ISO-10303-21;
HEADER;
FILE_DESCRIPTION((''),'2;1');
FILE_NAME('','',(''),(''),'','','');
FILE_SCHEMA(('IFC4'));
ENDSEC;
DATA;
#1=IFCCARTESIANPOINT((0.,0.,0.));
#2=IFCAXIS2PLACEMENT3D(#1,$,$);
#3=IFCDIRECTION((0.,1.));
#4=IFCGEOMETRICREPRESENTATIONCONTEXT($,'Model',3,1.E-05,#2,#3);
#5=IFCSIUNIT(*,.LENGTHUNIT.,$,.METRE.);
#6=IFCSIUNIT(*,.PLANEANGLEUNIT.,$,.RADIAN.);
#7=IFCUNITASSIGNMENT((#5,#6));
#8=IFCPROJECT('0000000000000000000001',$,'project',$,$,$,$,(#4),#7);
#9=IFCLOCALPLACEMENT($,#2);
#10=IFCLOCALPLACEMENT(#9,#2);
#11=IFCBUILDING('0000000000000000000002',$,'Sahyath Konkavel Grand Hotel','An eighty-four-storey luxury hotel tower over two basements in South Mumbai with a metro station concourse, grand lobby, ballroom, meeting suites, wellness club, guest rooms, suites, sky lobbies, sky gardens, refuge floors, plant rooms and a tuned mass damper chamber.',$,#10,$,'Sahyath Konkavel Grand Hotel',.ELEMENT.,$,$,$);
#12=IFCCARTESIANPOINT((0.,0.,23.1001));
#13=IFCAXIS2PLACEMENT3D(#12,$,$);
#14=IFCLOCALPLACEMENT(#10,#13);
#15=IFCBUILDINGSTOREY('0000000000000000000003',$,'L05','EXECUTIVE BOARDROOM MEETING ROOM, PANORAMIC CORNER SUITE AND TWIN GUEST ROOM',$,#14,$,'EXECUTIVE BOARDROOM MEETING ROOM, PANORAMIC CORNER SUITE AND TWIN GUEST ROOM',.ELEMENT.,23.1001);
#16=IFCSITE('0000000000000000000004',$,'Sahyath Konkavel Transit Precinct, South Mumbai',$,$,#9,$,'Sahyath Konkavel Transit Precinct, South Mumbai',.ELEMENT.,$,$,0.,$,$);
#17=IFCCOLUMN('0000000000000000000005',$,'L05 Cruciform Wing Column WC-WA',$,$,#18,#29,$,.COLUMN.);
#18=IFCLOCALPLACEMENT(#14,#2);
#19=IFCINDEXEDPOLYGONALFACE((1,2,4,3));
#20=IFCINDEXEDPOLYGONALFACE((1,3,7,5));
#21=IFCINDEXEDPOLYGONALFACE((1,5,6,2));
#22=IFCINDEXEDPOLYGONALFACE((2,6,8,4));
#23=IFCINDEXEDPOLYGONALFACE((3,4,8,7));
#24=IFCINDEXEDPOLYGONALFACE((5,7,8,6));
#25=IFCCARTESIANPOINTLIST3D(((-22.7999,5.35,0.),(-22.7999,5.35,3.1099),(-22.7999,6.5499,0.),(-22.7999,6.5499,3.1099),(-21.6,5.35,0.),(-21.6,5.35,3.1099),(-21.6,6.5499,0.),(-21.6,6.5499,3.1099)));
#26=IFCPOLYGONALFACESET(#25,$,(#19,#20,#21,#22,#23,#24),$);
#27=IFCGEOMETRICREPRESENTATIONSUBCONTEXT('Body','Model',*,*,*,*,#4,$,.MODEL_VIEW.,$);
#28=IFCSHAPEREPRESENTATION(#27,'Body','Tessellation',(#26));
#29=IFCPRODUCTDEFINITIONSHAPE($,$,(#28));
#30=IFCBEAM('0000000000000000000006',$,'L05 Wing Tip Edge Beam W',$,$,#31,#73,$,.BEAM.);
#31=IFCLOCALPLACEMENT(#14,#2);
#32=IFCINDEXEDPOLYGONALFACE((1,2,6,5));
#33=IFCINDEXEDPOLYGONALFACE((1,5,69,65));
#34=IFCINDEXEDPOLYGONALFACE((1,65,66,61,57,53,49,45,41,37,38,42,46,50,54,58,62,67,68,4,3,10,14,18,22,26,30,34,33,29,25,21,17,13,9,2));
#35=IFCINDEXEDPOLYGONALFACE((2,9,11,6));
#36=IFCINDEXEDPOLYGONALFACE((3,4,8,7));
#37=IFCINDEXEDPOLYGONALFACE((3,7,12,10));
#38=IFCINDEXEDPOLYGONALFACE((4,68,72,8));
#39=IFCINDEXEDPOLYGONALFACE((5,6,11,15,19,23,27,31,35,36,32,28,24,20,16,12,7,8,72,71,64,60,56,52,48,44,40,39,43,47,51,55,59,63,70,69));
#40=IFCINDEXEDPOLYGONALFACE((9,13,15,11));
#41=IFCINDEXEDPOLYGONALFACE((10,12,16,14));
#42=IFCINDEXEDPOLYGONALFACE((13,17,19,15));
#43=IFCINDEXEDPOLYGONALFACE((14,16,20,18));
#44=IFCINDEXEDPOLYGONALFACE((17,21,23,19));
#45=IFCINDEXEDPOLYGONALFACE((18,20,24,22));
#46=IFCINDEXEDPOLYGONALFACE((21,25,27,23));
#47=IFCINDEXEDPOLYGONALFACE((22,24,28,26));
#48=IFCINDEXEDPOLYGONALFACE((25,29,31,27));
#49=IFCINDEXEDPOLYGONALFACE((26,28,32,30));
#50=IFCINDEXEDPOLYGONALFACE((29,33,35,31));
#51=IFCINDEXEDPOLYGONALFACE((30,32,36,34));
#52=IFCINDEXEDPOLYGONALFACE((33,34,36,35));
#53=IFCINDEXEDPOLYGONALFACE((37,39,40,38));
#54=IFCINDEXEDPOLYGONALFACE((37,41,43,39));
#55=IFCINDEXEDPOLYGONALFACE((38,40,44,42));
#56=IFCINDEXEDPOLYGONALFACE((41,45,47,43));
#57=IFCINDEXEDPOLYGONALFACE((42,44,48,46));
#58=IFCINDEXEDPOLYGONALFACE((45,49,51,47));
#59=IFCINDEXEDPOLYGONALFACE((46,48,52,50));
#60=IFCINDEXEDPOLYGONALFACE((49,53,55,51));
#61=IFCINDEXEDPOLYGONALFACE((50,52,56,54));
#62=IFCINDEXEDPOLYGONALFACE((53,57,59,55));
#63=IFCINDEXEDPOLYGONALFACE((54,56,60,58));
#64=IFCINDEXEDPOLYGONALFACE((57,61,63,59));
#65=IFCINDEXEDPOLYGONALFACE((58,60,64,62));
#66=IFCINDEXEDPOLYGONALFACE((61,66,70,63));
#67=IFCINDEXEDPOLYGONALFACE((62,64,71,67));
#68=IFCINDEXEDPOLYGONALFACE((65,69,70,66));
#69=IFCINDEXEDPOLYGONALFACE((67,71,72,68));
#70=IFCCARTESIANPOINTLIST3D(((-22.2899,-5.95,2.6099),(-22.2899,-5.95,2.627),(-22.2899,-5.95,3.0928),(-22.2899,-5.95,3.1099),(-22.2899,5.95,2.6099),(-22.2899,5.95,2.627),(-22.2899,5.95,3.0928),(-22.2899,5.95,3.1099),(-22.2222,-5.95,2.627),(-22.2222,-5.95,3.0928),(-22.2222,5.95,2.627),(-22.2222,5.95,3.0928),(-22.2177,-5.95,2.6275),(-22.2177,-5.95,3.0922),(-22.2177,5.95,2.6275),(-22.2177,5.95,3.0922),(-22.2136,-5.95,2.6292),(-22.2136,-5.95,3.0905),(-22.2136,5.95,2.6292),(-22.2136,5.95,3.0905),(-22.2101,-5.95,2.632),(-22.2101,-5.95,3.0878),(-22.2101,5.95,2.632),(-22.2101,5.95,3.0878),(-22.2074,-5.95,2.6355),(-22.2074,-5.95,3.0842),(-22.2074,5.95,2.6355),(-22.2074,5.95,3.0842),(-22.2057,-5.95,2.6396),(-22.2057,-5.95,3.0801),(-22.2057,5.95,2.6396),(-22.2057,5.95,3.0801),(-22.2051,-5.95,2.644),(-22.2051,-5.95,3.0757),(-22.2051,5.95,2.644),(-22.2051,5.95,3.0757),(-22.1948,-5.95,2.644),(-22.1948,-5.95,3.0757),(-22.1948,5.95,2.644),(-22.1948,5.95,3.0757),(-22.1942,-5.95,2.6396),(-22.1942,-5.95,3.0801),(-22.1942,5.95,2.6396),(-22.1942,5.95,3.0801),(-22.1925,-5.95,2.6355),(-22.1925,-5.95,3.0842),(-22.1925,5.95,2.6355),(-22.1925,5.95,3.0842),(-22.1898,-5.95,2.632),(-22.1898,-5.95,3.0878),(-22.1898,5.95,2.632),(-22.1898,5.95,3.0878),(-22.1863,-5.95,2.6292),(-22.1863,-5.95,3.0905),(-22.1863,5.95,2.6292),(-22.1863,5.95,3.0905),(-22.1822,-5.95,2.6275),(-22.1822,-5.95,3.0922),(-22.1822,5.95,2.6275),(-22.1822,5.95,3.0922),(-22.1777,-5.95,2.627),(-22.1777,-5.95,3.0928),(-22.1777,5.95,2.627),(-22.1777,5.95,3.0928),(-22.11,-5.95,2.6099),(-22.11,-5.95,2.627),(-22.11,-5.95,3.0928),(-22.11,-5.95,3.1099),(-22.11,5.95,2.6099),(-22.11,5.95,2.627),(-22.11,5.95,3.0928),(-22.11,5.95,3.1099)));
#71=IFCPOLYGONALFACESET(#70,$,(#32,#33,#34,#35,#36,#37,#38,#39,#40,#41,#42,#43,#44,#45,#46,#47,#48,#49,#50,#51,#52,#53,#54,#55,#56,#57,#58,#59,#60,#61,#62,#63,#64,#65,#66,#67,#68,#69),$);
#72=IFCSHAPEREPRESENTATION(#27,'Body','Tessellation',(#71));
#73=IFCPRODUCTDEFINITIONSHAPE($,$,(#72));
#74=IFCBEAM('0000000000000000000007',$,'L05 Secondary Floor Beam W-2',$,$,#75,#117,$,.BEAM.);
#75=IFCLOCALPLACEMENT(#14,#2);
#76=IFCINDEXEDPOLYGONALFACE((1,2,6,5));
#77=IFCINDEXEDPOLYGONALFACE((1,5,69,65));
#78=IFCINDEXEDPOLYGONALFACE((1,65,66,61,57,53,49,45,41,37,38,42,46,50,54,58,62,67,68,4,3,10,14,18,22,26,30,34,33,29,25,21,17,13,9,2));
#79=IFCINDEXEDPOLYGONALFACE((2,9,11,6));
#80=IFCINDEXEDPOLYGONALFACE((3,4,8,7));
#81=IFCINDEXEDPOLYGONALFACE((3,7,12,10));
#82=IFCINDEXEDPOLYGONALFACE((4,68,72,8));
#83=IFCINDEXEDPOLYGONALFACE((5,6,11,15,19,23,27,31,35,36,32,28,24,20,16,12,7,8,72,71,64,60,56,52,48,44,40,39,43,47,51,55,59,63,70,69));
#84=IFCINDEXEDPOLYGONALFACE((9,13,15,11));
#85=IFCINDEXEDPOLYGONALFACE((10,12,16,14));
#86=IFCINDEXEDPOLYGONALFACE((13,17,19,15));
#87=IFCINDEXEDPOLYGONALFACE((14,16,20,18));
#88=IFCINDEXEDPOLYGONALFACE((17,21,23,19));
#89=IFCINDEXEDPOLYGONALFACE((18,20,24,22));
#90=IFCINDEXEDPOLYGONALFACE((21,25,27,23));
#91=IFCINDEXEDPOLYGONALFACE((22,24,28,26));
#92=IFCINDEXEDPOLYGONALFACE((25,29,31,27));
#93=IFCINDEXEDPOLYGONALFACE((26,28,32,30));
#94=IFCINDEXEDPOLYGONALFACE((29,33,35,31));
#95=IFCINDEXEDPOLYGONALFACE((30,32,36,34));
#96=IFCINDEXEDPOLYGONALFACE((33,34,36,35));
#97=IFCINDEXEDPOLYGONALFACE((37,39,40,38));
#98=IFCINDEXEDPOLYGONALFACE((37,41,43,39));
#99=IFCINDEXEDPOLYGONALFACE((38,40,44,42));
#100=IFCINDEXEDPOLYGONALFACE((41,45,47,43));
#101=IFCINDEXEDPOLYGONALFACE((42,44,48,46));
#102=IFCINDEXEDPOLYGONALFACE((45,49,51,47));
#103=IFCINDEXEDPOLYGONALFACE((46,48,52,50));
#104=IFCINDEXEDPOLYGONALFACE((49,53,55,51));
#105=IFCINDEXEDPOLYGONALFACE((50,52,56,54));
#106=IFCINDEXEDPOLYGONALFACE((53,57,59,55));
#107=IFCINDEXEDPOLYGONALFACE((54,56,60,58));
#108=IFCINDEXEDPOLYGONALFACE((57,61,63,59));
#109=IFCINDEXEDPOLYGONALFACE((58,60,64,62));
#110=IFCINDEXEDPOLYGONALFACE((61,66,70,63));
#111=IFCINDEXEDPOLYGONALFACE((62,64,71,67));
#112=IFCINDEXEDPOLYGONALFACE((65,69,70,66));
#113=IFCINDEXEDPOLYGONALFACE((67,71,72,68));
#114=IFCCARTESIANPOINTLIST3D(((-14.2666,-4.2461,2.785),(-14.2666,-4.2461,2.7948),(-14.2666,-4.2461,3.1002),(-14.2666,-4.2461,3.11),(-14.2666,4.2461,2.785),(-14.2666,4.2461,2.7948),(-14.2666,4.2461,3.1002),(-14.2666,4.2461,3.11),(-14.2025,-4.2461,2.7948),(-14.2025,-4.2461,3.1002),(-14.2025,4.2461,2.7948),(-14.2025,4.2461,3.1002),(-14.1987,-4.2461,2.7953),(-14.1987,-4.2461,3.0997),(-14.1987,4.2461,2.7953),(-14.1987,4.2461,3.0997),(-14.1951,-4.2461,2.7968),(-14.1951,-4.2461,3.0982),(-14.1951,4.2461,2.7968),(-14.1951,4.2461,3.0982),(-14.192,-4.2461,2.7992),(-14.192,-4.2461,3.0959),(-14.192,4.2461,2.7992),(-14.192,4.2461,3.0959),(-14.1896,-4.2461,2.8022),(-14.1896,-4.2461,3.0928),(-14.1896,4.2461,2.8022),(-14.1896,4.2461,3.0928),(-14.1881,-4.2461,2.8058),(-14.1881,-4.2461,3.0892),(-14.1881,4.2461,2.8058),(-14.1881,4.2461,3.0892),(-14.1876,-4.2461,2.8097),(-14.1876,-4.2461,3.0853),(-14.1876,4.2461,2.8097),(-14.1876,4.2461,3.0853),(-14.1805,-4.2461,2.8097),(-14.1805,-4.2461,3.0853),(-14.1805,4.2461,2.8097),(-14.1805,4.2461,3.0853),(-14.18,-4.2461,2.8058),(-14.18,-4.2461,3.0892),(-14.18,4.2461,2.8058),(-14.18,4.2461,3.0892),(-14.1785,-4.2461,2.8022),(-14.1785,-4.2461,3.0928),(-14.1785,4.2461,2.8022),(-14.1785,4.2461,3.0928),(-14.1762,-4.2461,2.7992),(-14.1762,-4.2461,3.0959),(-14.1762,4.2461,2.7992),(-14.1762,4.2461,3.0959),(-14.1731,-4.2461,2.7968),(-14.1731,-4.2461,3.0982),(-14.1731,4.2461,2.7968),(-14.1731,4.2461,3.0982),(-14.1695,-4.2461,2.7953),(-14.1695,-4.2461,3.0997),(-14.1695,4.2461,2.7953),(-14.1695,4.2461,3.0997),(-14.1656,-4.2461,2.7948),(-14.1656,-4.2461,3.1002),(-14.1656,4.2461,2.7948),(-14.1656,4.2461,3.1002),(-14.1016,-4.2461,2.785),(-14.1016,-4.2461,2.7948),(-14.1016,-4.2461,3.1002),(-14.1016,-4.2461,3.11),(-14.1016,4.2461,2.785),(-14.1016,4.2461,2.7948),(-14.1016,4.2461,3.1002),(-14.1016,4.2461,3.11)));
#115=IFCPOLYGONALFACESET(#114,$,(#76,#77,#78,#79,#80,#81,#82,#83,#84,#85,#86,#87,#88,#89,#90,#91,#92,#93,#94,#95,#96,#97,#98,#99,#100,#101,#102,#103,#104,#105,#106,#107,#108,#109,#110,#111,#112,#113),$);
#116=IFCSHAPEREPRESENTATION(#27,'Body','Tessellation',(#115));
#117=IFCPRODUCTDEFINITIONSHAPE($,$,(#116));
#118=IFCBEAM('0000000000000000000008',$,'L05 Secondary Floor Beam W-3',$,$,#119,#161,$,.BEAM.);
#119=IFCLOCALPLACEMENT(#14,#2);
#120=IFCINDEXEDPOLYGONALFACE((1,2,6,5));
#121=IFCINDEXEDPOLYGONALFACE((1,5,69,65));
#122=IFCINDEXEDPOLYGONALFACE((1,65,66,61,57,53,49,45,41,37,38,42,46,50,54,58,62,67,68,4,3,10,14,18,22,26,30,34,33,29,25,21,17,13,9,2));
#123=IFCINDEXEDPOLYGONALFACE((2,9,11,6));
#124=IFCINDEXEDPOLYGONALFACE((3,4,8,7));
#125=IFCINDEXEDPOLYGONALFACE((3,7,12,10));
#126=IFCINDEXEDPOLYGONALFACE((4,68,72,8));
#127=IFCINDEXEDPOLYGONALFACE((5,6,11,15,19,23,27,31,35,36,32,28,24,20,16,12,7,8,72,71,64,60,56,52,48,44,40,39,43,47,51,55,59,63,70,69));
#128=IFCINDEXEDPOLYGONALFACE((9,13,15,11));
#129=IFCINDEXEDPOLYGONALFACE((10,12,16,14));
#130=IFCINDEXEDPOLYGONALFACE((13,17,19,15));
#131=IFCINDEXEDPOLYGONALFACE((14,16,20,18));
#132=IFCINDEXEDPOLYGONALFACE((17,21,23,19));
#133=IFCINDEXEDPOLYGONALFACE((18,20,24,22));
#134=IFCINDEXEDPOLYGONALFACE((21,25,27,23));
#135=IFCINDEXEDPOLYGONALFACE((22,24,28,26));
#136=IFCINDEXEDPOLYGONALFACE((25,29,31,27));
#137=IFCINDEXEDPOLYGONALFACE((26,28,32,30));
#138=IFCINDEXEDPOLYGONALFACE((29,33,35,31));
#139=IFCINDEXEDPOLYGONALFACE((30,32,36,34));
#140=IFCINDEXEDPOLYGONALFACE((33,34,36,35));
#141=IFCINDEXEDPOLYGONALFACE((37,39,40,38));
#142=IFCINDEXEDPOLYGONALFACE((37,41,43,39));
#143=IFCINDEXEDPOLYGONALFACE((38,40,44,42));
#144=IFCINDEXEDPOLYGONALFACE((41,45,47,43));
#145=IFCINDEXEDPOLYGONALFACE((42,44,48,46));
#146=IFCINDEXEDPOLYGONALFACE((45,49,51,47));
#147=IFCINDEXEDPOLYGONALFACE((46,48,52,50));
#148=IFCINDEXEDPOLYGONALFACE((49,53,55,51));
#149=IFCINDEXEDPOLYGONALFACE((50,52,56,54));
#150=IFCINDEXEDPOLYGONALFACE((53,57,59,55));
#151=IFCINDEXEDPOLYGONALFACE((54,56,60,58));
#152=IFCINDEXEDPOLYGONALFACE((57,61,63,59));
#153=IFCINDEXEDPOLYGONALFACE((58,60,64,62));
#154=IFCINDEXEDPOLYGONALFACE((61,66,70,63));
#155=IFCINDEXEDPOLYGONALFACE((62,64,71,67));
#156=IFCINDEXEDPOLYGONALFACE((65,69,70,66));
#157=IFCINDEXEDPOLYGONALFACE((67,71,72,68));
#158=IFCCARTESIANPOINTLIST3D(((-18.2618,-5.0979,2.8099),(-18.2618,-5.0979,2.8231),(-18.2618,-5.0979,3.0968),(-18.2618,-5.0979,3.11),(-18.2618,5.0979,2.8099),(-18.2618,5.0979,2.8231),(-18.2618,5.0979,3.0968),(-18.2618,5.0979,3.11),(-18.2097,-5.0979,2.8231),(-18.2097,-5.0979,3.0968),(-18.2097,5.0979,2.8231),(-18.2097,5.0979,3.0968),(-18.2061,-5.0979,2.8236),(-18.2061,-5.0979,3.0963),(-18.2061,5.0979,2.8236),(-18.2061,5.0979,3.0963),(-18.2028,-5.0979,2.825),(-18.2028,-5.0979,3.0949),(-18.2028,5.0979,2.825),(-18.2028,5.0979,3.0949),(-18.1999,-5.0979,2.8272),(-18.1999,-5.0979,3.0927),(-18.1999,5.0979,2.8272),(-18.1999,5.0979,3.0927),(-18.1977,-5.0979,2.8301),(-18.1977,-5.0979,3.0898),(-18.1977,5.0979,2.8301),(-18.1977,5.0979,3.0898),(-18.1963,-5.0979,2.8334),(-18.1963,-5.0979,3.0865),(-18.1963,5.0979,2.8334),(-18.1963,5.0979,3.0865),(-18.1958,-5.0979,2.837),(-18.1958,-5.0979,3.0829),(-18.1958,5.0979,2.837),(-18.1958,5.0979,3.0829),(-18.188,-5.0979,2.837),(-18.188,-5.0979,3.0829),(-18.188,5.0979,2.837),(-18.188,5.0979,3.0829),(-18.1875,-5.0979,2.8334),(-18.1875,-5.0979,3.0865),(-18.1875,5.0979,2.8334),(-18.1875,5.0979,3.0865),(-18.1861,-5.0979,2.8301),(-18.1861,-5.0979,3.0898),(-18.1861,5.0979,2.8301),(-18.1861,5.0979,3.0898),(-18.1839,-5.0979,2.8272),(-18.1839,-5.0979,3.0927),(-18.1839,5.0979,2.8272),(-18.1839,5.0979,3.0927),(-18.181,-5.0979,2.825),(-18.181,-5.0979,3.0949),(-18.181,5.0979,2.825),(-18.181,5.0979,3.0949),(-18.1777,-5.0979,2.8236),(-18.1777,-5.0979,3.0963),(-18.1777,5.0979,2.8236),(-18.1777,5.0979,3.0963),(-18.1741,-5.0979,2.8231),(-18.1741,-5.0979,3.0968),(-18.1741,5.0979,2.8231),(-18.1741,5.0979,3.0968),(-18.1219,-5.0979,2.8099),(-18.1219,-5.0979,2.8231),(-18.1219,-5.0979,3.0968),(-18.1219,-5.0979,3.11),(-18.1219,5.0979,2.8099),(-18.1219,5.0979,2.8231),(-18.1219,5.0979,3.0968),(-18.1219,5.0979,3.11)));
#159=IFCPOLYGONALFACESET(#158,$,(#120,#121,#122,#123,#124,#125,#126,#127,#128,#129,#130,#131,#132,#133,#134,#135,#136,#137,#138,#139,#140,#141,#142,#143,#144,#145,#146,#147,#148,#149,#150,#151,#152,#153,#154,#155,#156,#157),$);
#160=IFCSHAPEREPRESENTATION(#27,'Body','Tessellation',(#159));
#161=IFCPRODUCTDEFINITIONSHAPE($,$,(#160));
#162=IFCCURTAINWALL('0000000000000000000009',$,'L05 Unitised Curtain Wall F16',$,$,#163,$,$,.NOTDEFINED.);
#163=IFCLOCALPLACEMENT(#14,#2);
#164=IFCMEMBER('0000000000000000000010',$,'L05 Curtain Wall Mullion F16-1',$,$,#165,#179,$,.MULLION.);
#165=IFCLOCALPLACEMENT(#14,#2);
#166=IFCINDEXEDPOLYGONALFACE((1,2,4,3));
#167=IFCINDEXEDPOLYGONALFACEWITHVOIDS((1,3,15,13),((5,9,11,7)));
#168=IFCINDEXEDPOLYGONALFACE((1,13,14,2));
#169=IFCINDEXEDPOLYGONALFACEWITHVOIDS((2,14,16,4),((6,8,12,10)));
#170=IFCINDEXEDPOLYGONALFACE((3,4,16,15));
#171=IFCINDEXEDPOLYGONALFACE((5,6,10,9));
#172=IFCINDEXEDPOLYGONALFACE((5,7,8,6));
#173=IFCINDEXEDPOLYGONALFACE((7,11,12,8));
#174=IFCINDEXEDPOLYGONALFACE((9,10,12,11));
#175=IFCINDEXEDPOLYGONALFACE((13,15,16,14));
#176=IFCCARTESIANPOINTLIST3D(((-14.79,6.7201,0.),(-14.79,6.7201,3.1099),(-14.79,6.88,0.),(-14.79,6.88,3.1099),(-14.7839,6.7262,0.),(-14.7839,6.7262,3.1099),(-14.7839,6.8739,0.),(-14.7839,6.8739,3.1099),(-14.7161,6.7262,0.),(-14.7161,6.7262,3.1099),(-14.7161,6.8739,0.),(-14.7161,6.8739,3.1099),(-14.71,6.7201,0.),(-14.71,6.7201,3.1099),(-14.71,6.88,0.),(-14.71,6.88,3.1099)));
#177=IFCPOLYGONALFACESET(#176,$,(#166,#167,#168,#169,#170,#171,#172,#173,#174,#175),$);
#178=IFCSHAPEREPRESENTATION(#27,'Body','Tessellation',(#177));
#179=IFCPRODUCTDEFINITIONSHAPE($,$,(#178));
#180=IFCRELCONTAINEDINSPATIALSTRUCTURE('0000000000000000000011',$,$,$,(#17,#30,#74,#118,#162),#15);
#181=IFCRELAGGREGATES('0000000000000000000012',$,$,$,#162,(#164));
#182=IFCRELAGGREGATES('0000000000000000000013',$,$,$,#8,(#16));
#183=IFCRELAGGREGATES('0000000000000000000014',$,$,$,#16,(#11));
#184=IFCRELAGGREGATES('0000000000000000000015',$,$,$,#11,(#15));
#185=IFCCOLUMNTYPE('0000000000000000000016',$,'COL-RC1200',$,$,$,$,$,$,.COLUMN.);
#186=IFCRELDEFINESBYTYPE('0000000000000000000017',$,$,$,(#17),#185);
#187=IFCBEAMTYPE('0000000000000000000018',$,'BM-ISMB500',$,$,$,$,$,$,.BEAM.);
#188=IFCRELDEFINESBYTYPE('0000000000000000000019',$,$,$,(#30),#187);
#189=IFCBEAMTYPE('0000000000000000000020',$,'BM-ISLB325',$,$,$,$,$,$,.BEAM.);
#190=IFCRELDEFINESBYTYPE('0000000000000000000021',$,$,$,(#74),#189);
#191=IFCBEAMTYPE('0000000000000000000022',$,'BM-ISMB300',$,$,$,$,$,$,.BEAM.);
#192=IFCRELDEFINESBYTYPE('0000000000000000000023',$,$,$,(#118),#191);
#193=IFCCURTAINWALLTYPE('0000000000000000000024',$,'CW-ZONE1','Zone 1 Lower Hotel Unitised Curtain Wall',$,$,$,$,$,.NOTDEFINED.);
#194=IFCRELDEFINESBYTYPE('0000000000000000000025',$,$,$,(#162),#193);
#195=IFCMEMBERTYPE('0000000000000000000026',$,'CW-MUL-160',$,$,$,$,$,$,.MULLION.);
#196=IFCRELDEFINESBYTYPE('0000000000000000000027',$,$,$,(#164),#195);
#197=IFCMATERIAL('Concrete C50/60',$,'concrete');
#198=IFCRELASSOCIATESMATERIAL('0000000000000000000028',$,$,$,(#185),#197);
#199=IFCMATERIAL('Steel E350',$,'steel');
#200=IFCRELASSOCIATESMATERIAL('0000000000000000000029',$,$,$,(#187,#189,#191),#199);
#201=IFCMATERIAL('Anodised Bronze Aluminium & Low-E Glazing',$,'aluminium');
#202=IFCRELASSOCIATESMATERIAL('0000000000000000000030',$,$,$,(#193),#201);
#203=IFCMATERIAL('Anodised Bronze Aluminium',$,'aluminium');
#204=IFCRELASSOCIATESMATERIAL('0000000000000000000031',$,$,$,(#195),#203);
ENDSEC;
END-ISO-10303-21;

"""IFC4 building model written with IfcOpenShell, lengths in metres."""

from ifc_helpers import new_model, si_unit, direction, frame, origin, origin_2d, place, context, subcontext, project, spatial, rectangle, hollow_rectangle, i_section, extrude, source, transform, mapped, material, material_profile, profile_set, type_object, element, aggregate, save


model = new_model("IFC4")

# Units and contexts
model_context = context("Model", 3, precision=1e-05, world=origin(), true_north=direction((0.0, 1.0)))
body_context = subcontext(model_context, "Body", "Model", "MODEL_VIEW")
ifc_project = project(units=[si_unit("LENGTHUNIT", "METRE"), si_unit("PLANEANGLEUNIT", "RADIAN")], contexts=[model_context])

# Site, building, storey
site_placement = place(None, origin())
site = spatial("IfcSite", under=ifc_project, at=site_placement, Name="Sahyath Konkavel Transit Precinct, South Mumbai", LongName="Sahyath Konkavel Transit Precinct, South Mumbai", CompositionType="ELEMENT", RefElevation=0.0)
building_placement = place(site_placement, origin())
building = spatial("IfcBuilding", under=site, at=building_placement, Name="Sahyath Konkavel Grand Hotel", Description="An eighty-four-storey luxury hotel tower over two basements in South Mumbai with a metro station concourse, grand lobby, ballroom, meeting suites, wellness club, guest rooms, suites, sky lobbies, sky gardens, refuge floors, plant rooms and a tuned mass damper chamber.", LongName="Sahyath Konkavel Grand Hotel", CompositionType="ELEMENT")
storey_placement = place(building_placement, frame((0.0, 0.0, 23.1001)))
storey = spatial("IfcBuildingStorey", under=building, at=storey_placement, Name="L05", Description="EXECUTIVE BOARDROOM MEETING ROOM, PANORAMIC CORNER SUITE AND TWIN GUEST ROOM", LongName="EXECUTIVE BOARDROOM MEETING ROOM, PANORAMIC CORNER SUITE AND TWIN GUEST ROOM", CompositionType="ELEMENT", Elevation=23.1001)

# Column
ifc_material_1 = material(Name="Concrete C50/60", Category="concrete")
ifc_material_profile_1 = material_profile(ifc_material_1, rectangle(XDim=1.2, YDim=1.2, at=origin_2d()), Name="RC 1200x1200")
ifc_profile_set_1 = profile_set([ifc_material_profile_1], Name="Concrete C50/60")
column_type = type_object("IfcColumnType", Name="COL-RC1200", PredefinedType="COLUMN", material=ifc_profile_set_1)
shared_shape_1 = source(origin(), body_context, "Body", "SweptSolid", [
    extrude(rectangle(XDim=1.2, YDim=1.2, at=origin_2d()), origin(), (0.0, 0.0, 1.0), 3.1099),
])
column_placement = place(storey_placement, frame((-22.2, 5.95, 0.0), z_axis=(0.0, 0.0, 1.0), x_axis=(1.0, 0.0, 0.0)))
element("IfcColumn", 1, at=column_placement, inside=storey, type_object=column_type, Name="L05 Cruciform Wing Column WC-WA", PredefinedType="COLUMN", context=body_context, shape_type="MappedRepresentation", body=[
    mapped(shared_shape_1, transform((0.0, 0.0, 0.0), scale=1.0)),
])

# Beams
ifc_material_2 = material(Name="Steel E350", Category="steel")
ifc_material_profile_2 = material_profile(ifc_material_2, i_section(OverallWidth=0.1799, OverallDepth=0.5, WebThickness=0.0103, FlangeThickness=0.0171, FilletRadius=0.0171, at=origin_2d()), Name="ISMB 500")
ifc_profile_set_2 = profile_set([ifc_material_profile_2], Name="Steel E350")
beam_type_1 = type_object("IfcBeamType", Name="BM-ISMB500", PredefinedType="BEAM", material=ifc_profile_set_2)
shared_shape_2 = source(origin(), body_context, "Body", "SweptSolid", [
    extrude(i_section(OverallWidth=0.1799, OverallDepth=0.5, WebThickness=0.0103, FlangeThickness=0.0171, FilletRadius=0.0171, at=origin_2d()), origin(), (0.0, 0.0, 1.0), 11.8999),
])
beam_1_placement = place(storey_placement, frame((-22.2, 5.95, 2.8599), z_axis=(0.0, -1.0, 0.0), x_axis=(1.0, 0.0, 0.0)))
element("IfcBeam", 2, at=beam_1_placement, inside=storey, type_object=beam_type_1, Name="L05 Wing Tip Edge Beam W", PredefinedType="BEAM", context=body_context, shape_type="MappedRepresentation", body=[
    mapped(shared_shape_2, transform((0.0, 0.0, 0.0), scale=1.0)),
])
ifc_material_profile_3 = material_profile(ifc_material_2, i_section(OverallWidth=0.165, OverallDepth=0.325, WebThickness=0.0071, FlangeThickness=0.0098, FilletRadius=0.0149, at=origin_2d()), Name="ISLB 325")
ifc_profile_set_3 = profile_set([ifc_material_profile_3], Name="Steel E350")
beam_type_2 = type_object("IfcBeamType", Name="BM-ISLB325", PredefinedType="BEAM", material=ifc_profile_set_3)
shared_shape_3 = source(origin(), body_context, "Body", "SweptSolid", [
    extrude(i_section(OverallWidth=0.165, OverallDepth=0.325, WebThickness=0.0071, FlangeThickness=0.0098, FilletRadius=0.0149, at=origin_2d()), origin(), (0.0, 0.0, 1.0), 8.4922),
])
beam_2_placement = place(storey_placement, frame((-14.1841, 4.2461, 2.9475), z_axis=(0.0, -1.0, 0.0), x_axis=(1.0, 0.0, 0.0)))
element("IfcBeam", 3, at=beam_2_placement, inside=storey, type_object=beam_type_2, Name="L05 Secondary Floor Beam W-2", PredefinedType="BEAM", context=body_context, shape_type="MappedRepresentation", body=[
    mapped(shared_shape_3, transform((0.0, 0.0, 0.0), scale=1.0)),
])
ifc_material_profile_4 = material_profile(ifc_material_2, i_section(OverallWidth=0.1399, OverallDepth=0.3, WebThickness=0.0078, FlangeThickness=0.0132, FilletRadius=0.0139, at=origin_2d()), Name="ISMB 300")
ifc_profile_set_4 = profile_set([ifc_material_profile_4], Name="Steel E350")
beam_type_3 = type_object("IfcBeamType", Name="BM-ISMB300", PredefinedType="BEAM", material=ifc_profile_set_4)
shared_shape_4 = source(origin(), body_context, "Body", "SweptSolid", [
    extrude(i_section(OverallWidth=0.1399, OverallDepth=0.3, WebThickness=0.0078, FlangeThickness=0.0132, FilletRadius=0.0139, at=origin_2d()), origin(), (0.0, 0.0, 1.0), 10.1958),
])
beam_3_placement = place(storey_placement, frame((-18.1919, 5.0979, 2.96), z_axis=(0.0, -1.0, 0.0), x_axis=(1.0, 0.0, 0.0)))
element("IfcBeam", 4, at=beam_3_placement, inside=storey, type_object=beam_type_3, Name="L05 Secondary Floor Beam W-3", PredefinedType="BEAM", context=body_context, shape_type="MappedRepresentation", body=[
    mapped(shared_shape_4, transform((0.0, 0.0, 0.0), scale=1.0)),
])

# Curtain wall, member
ifc_material_3 = material(Name="Anodised Bronze Aluminium & Low-E Glazing", Category="aluminium")
curtain_wall_type = type_object("IfcCurtainWallType", Name="CW-ZONE1", Description="Zone 1 Lower Hotel Unitised Curtain Wall", PredefinedType="NOTDEFINED", material=ifc_material_3)
curtain_wall_1_placement = place(storey_placement, origin())
curtain_wall_1 = element("IfcCurtainWall", 5, at=curtain_wall_1_placement, inside=storey, type_object=curtain_wall_type, Name="L05 Unitised Curtain Wall F16", PredefinedType="NOTDEFINED")
ifc_material_4 = material(Name="Anodised Bronze Aluminium", Category="aluminium")
ifc_material_profile_5 = material_profile(ifc_material_4, hollow_rectangle(XDim=0.0801, YDim=0.1599, WallThickness=0.0061, at=origin_2d()), Name="RHS 160x80x6")
ifc_profile_set_5 = profile_set([ifc_material_profile_5], Name="Anodised Bronze Aluminium")
member_type_1 = type_object("IfcMemberType", Name="CW-MUL-160", PredefinedType="MULLION", material=ifc_profile_set_5)
shared_shape_5 = source(origin(), body_context, "Body", "SweptSolid", [
    extrude(hollow_rectangle(XDim=0.0801, YDim=0.1599, WallThickness=0.0061, at=origin_2d()), origin(), (0.0, 0.0, 1.0), 3.1099),
])
member_1_placement = place(storey_placement, frame((-14.75, 6.8, 0.0), z_axis=(0.0, 0.0, 1.0), x_axis=(1.0, 0.0, 0.0)))
member_1 = element("IfcMember", 6, at=member_1_placement, type_object=member_type_1, Name="L05 Curtain Wall Mullion F16-1", PredefinedType="MULLION", context=body_context, shape_type="MappedRepresentation", body=[
    mapped(shared_shape_5, transform((0.0, 0.0, 0.0), scale=1.0)),
])

aggregate(curtain_wall_1, [member_1])

save(model, "model.ifc")
